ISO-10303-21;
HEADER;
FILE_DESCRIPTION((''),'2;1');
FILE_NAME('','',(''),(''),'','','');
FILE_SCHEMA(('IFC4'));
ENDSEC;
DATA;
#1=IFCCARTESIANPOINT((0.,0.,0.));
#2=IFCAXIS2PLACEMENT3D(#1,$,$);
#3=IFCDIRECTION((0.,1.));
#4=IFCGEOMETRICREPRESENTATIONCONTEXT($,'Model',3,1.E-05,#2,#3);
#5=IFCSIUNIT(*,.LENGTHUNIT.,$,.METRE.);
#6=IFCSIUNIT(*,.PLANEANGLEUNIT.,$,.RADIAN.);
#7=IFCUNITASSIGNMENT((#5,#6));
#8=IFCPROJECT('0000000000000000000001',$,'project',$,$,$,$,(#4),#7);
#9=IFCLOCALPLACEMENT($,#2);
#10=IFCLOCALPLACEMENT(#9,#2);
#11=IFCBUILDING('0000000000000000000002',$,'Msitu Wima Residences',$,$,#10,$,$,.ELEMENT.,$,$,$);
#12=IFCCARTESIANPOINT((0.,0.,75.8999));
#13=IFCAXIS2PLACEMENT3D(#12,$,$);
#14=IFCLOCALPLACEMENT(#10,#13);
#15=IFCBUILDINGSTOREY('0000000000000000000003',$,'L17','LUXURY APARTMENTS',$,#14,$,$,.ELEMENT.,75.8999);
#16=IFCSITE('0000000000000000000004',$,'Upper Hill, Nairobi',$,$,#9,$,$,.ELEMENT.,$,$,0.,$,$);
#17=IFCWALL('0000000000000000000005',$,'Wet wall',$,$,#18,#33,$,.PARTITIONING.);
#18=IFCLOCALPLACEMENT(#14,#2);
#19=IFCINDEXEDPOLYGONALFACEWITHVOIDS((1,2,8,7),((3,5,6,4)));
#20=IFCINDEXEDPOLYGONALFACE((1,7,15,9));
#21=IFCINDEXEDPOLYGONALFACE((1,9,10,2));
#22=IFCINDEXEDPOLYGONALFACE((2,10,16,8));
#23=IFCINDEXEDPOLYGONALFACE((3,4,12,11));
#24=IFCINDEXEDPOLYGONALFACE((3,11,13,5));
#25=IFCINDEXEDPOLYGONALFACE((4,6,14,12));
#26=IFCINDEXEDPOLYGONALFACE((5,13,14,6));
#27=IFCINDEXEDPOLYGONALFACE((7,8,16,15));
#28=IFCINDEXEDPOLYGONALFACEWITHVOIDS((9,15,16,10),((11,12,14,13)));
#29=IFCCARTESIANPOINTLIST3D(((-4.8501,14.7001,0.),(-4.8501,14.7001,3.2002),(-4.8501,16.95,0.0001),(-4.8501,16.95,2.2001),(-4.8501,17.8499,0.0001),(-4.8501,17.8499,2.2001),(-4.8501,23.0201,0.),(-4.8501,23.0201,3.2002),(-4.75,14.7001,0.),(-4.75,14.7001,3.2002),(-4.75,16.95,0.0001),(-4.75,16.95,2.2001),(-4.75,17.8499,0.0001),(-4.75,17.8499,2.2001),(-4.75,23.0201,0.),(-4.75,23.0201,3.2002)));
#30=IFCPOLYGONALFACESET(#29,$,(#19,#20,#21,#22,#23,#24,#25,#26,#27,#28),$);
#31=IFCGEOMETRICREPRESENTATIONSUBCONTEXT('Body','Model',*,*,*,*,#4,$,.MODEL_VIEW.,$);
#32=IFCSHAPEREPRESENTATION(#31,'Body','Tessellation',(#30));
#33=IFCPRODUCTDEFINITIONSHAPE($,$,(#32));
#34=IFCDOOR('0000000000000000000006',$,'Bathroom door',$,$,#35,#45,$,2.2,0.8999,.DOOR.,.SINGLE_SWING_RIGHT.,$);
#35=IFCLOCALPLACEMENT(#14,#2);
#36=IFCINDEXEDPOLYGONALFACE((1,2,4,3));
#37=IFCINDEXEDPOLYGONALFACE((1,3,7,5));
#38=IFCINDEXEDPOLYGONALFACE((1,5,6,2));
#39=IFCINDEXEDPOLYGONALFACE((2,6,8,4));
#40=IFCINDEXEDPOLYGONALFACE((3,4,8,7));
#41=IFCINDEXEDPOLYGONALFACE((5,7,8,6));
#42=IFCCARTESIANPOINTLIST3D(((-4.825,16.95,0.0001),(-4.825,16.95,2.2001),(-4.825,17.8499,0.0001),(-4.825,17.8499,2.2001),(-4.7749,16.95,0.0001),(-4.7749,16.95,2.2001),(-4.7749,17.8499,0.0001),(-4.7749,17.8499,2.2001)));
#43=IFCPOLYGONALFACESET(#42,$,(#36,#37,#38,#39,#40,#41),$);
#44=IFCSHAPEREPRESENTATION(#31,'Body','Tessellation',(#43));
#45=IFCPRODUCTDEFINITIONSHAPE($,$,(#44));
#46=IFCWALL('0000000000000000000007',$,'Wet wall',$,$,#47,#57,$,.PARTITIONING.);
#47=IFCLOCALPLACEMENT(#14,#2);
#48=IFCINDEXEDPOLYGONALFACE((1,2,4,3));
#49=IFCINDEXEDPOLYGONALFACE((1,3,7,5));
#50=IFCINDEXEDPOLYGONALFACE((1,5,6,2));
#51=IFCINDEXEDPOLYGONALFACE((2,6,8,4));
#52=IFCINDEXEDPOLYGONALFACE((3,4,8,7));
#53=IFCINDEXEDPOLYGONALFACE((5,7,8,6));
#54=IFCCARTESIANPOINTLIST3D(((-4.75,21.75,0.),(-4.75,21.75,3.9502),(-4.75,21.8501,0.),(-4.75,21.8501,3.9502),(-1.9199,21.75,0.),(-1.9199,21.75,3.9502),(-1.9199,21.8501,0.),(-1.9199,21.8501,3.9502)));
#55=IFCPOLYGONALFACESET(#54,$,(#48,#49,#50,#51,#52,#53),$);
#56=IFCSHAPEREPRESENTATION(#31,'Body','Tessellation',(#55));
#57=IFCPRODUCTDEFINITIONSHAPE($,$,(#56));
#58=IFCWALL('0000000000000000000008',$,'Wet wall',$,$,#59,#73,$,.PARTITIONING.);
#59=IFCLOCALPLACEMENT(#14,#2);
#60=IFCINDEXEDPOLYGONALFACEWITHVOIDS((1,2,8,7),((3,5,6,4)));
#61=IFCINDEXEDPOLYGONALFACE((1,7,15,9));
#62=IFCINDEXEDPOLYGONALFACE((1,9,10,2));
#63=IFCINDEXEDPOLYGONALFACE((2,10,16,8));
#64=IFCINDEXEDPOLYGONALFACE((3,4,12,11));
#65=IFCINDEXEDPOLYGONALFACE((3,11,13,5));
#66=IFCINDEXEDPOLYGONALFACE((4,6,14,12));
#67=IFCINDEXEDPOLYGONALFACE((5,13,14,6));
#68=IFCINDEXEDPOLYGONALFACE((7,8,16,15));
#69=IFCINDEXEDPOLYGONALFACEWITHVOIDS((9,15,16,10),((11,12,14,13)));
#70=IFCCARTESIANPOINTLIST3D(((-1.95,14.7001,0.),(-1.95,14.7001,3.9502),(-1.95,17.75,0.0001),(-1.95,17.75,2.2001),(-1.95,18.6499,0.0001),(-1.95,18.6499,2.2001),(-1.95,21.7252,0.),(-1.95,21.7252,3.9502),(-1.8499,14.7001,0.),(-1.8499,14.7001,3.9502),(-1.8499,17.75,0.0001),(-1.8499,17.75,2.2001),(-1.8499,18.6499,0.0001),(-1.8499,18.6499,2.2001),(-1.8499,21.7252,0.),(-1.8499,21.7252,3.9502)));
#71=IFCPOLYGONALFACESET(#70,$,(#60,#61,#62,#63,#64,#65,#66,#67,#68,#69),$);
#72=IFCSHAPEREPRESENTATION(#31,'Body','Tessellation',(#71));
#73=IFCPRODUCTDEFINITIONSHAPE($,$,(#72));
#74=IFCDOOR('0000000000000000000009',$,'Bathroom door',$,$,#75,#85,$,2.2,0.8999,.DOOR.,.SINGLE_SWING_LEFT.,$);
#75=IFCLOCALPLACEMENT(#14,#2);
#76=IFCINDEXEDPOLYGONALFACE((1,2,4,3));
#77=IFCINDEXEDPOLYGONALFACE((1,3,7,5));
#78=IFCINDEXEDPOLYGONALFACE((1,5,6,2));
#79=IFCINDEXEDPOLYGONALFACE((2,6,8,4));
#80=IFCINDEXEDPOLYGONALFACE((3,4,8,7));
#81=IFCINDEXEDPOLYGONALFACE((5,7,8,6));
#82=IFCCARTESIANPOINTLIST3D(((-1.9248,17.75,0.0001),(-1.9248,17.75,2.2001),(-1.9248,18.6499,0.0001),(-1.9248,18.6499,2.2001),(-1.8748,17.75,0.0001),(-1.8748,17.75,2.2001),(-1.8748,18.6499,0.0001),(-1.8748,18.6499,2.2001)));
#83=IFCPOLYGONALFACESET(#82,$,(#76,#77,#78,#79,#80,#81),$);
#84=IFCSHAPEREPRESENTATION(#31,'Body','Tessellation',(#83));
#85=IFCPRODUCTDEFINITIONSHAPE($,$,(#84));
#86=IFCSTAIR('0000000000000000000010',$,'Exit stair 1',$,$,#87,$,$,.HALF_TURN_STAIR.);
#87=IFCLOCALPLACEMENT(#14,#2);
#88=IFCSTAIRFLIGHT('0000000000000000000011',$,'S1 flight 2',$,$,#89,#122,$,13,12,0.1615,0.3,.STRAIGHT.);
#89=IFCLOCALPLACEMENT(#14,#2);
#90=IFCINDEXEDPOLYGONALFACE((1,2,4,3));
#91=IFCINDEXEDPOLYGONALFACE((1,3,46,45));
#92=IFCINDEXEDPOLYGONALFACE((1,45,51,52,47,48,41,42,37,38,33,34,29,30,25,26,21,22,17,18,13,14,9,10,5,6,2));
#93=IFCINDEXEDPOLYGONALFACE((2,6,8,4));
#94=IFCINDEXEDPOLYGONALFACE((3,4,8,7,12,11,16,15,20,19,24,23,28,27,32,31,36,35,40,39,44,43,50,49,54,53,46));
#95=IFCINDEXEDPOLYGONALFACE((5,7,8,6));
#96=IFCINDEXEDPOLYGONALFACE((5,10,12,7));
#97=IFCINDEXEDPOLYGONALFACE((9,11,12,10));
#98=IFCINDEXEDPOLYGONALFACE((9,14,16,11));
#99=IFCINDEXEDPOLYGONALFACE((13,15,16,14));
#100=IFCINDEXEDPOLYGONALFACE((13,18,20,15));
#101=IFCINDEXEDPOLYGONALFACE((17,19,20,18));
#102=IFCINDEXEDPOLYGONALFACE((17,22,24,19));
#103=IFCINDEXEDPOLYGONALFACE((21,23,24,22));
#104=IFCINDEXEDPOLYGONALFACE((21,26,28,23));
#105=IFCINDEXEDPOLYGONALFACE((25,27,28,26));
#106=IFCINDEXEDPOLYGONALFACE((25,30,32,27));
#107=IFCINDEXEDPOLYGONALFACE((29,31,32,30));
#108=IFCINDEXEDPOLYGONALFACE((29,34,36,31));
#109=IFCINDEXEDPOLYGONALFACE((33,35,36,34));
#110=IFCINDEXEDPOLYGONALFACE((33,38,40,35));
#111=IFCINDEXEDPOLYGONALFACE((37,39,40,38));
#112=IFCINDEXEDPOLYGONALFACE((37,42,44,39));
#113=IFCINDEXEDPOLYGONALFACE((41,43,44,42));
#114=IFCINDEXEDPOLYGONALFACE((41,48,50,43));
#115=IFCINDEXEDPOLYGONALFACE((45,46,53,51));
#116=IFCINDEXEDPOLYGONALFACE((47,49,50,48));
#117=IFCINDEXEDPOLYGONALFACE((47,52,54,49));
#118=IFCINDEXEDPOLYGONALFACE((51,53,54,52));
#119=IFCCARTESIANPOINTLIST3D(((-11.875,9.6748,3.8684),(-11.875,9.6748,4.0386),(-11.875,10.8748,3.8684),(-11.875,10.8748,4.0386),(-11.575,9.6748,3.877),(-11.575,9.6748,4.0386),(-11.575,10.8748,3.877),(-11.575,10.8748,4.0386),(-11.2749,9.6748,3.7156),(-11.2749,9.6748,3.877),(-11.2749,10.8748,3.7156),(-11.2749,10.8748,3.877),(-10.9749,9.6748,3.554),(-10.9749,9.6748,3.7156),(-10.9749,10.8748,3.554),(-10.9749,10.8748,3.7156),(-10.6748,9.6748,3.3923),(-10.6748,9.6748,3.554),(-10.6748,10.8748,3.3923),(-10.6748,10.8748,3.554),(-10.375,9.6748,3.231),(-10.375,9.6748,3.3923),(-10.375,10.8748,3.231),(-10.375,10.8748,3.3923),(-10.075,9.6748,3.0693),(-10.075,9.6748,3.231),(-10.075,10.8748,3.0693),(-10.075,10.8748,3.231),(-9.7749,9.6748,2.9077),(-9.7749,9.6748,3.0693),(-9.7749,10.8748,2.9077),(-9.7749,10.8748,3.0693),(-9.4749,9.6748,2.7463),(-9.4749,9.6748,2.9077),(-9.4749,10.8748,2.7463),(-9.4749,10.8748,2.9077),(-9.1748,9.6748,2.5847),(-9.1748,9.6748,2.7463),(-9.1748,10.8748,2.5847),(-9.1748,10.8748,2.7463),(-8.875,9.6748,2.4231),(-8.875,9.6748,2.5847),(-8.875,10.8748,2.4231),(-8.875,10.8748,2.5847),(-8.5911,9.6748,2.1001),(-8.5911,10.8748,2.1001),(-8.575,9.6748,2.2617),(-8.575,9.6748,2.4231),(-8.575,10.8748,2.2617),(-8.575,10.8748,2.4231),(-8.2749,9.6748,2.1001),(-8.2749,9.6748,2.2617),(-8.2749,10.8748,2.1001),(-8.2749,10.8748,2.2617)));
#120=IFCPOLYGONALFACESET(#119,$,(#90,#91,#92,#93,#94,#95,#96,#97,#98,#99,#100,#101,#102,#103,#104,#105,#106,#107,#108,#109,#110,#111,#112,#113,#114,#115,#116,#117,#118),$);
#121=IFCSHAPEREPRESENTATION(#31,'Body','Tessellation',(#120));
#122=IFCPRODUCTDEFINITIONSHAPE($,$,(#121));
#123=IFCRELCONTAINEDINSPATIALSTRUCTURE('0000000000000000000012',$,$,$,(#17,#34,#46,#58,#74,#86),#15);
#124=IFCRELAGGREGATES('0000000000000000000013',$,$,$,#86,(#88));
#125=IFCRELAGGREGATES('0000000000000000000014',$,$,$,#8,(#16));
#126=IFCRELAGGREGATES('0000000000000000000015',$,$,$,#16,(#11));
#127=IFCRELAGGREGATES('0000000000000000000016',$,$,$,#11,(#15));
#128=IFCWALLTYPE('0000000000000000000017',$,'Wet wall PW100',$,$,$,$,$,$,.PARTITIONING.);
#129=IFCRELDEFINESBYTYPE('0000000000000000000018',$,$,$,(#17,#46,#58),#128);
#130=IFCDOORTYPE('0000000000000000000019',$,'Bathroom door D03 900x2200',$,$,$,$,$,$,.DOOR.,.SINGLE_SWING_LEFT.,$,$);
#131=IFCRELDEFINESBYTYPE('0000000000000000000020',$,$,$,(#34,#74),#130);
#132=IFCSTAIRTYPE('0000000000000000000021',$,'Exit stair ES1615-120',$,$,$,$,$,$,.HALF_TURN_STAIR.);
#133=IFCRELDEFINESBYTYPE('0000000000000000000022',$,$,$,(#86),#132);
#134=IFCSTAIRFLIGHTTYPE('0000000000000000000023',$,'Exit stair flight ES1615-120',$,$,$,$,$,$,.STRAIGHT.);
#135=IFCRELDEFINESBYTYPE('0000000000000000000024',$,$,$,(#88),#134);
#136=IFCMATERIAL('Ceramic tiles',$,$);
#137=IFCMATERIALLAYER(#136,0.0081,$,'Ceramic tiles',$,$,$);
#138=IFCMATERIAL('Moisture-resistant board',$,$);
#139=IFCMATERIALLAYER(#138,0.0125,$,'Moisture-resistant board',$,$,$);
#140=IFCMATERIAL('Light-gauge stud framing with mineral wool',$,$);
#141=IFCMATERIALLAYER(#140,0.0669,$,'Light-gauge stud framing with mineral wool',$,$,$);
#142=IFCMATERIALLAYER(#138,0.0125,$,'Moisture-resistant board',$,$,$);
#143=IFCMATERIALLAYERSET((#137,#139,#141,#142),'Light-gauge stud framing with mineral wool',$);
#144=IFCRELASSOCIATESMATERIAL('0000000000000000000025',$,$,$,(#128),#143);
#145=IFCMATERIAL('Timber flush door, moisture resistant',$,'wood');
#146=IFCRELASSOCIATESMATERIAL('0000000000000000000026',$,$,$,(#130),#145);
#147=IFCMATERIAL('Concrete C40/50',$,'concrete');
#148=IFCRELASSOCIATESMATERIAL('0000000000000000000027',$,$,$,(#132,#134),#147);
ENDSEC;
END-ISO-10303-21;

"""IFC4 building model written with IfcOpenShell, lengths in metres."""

from ifc_helpers import new_model, si_unit, direction, frame, frame_2d, origin, place, context, subcontext, project, spatial, polyline, rectangle, outline, extrude, material, layer, layer_set, type_object, element, fill, aggregate, save


model = new_model("IFC4")

# Units and contexts
model_context = context("Model", 3, precision=1e-05, world=origin(), true_north=direction((0.0, 1.0)))
body_context = subcontext(model_context, "Body", "Model", "MODEL_VIEW")
ifc_project = project(units=[si_unit("LENGTHUNIT", "METRE"), si_unit("PLANEANGLEUNIT", "RADIAN")], contexts=[model_context])

# Site, building, storey
site_placement = place(None, origin())
site = spatial("IfcSite", under=ifc_project, at=site_placement, Name="Upper Hill, Nairobi", CompositionType="ELEMENT", RefElevation=0.0)
building_placement = place(site_placement, origin())
building = spatial("IfcBuilding", under=site, at=building_placement, Name="Msitu Wima Residences", CompositionType="ELEMENT")
storey_placement = place(building_placement, frame((0.0, 0.0, 75.8999)))
storey = spatial("IfcBuildingStorey", under=building, at=storey_placement, Name="L17", Description="LUXURY APARTMENTS", CompositionType="ELEMENT", Elevation=75.8999)

# Shared definitions
ifc_material_1 = material(Name="Concrete C40/50", Category="concrete")

# Shared definitions
ifc_material_2 = material(Name="Ceramic tiles")
ifc_layer_1 = layer(ifc_material_2, 0.0081, Name="Ceramic tiles")
ifc_material_3 = material(Name="Moisture-resistant board")
ifc_layer_2 = layer(ifc_material_3, 0.0125, Name="Moisture-resistant board")
ifc_material_4 = material(Name="Light-gauge stud framing with mineral wool")
ifc_layer_3 = layer(ifc_material_4, 0.0669, Name="Light-gauge stud framing with mineral wool")
ifc_layer_4 = layer(ifc_material_3, 0.0125, Name="Moisture-resistant board")
ifc_layer_set_1 = layer_set([ifc_layer_1, ifc_layer_2, ifc_layer_3, ifc_layer_4], Name="Light-gauge stud framing with mineral wool")
wall_type_1 = type_object("IfcWallType", Name="Wet wall PW100", PredefinedType="PARTITIONING", material=ifc_layer_set_1)
ifc_material_5 = material(Name="Timber flush door, moisture resistant", Category="wood")
door_type_1 = type_object("IfcDoorType", Name="Bathroom door D03 900x2200", OperationType="SINGLE_SWING_LEFT", PredefinedType="DOOR", material=ifc_material_5)

# Wall, opening, door
wall_1_placement = place(storey_placement, frame((-4.8, 14.7, 0.0), z_axis=(0.0, 0.0, 1.0), x_axis=(0.0, 1.0, 0.0)))
wall_1 = element("IfcWall", 1, at=wall_1_placement, inside=storey, type_object=wall_type_1, Name="Wet wall", PredefinedType="PARTITIONING", context=body_context, shape_type="SweptSolid", body=[
    extrude(rectangle(XDim=8.3201, YDim=0.1001, at=frame_2d((4.1602, 0.0))), origin(), (0.0, 0.0, 1.0), 3.2002),
])
opening_1_placement = place(wall_1_placement, frame((2.25, 0.0, 0.0)))
opening_1 = element("IfcOpeningElement", 2, at=opening_1_placement, cuts=wall_1, PredefinedType="OPENING", context=body_context, shape_type="SweptSolid", body=[
    extrude(rectangle(XDim=0.8999, YDim=2.2, at=frame_2d((0.45, 1.1001))), frame((0.0, 0.0601, 0.0), z_axis=(0.0, -1.0, 0.0), x_axis=(1.0, 0.0, 0.0)), (0.0, 0.0, 1.0), 0.1201),
])
door_1_placement = place(opening_1_placement, origin())
door_1 = element("IfcDoor", 3, at=door_1_placement, inside=storey, type_object=door_type_1, Name="Bathroom door", OperationType="SINGLE_SWING_RIGHT", OverallHeight=2.2, OverallWidth=0.8999, PredefinedType="DOOR", context=body_context, shape_type="SweptSolid", body=[
    extrude(rectangle(XDim=0.8999, YDim=2.2, at=frame_2d((0.45, 1.1001))), frame((0.0, 0.0249, 0.0), z_axis=(0.0, -1.0, 0.0), x_axis=(1.0, 0.0, 0.0)), (0.0, 0.0, 1.0), 0.05),
])
fill(opening_1, door_1)

# Wall
wall_2_placement = place(storey_placement, frame((-4.75, 21.8, 0.0), z_axis=(0.0, 0.0, 1.0), x_axis=(1.0, 0.0, 0.0)))
element("IfcWall", 4, at=wall_2_placement, inside=storey, type_object=wall_type_1, Name="Wet wall", PredefinedType="PARTITIONING", context=body_context, shape_type="SweptSolid", body=[
    extrude(rectangle(XDim=2.8301, YDim=0.1001, at=frame_2d((1.415, 0.0))), origin(), (0.0, 0.0, 1.0), 3.9502),
])

# Wall, opening, door
wall_3_placement = place(storey_placement, frame((-1.8999, 14.7, 0.0), z_axis=(0.0, 0.0, 1.0), x_axis=(0.0, 1.0, 0.0)))
wall_3 = element("IfcWall", 5, at=wall_3_placement, inside=storey, type_object=wall_type_1, Name="Wet wall", PredefinedType="PARTITIONING", context=body_context, shape_type="SweptSolid", body=[
    extrude(rectangle(XDim=7.0251, YDim=0.1001, at=frame_2d((3.5127, 0.0))), origin(), (0.0, 0.0, 1.0), 3.9502),
])
opening_2_placement = place(wall_3_placement, frame((3.05, 0.0, 0.0)))
opening_2 = element("IfcOpeningElement", 6, at=opening_2_placement, cuts=wall_3, PredefinedType="OPENING", context=body_context, shape_type="SweptSolid", body=[
    extrude(rectangle(XDim=0.8999, YDim=2.2, at=frame_2d((0.45, 1.1001))), frame((0.0, 0.0601, 0.0), z_axis=(0.0, -1.0, 0.0), x_axis=(1.0, 0.0, 0.0)), (0.0, 0.0, 1.0), 0.1201),
])
door_2_placement = place(opening_2_placement, origin())
door_2 = element("IfcDoor", 7, at=door_2_placement, inside=storey, type_object=door_type_1, Name="Bathroom door", OperationType="SINGLE_SWING_LEFT", OverallHeight=2.2, OverallWidth=0.8999, PredefinedType="DOOR", context=body_context, shape_type="SweptSolid", body=[
    extrude(rectangle(XDim=0.8999, YDim=2.2, at=frame_2d((0.45, 1.1001))), frame((0.0, 0.0249, 0.0), z_axis=(0.0, -1.0, 0.0), x_axis=(1.0, 0.0, 0.0)), (0.0, 0.0, 1.0), 0.05),
])
fill(opening_2, door_2)

# Stair, stair flight
stair_type = type_object("IfcStairType", Name="Exit stair ES1615-120", PredefinedType="HALF_TURN_STAIR", material=ifc_material_1)
stair_placement = place(storey_placement, origin())
stair = element("IfcStair", 8, at=stair_placement, inside=storey, type_object=stair_type, Name="Exit stair 1", PredefinedType="HALF_TURN_STAIR")
stair_flight_type = type_object("IfcStairFlightType", Name="Exit stair flight ES1615-120", PredefinedType="STRAIGHT", material=ifc_material_1)
stair_flight_placement = place(storey_placement, frame((-8.2749, 10.2749, 2.1001), z_axis=(0.0, 0.0, 1.0), x_axis=(-1.0, 0.0, 0.0)))
stair_flight = element("IfcStairFlight", 9, at=stair_flight_placement, type_object=stair_flight_type, Name="S1 flight 2", NumberOfRisers=13, NumberOfTreads=12, PredefinedType="STRAIGHT", RiserHeight=0.1615, TreadLength=0.3, context=body_context, shape_type="SweptSolid", body=[
    extrude(outline(polyline([(0.0, 0.0), (0.0, 0.1616), (0.3, 0.1616), (0.3, 0.323), (0.6001, 0.323), (0.6001, 0.4846), (0.8999, 0.4846), (0.8999, 0.6462), (1.2, 0.6462), (1.2, 0.8076), (1.5, 0.8076), (1.5, 0.9692), (1.8, 0.9692), (1.8, 1.1309), (2.1001, 1.1309), (2.1001, 1.2922), (2.3999, 1.2922), (2.3999, 1.4539), (2.7, 1.4539), (2.7, 1.6155), (3.0, 1.6155), (3.0, 1.7769), (3.3, 1.7769), (3.3, 1.9385), (3.6001, 1.9385), (3.6001, 2.1001), (3.6001, 1.7683), (0.3162, 0.0), (0.0, 0.0)])), frame((0.0, 0.6001, 0.0), z_axis=(0.0, -1.0, 0.0), x_axis=(1.0, 0.0, 0.0)), (0.0, 0.0, 1.0), 1.2),
])
aggregate(stair, [stair_flight])

save(model, "model.ifc")
